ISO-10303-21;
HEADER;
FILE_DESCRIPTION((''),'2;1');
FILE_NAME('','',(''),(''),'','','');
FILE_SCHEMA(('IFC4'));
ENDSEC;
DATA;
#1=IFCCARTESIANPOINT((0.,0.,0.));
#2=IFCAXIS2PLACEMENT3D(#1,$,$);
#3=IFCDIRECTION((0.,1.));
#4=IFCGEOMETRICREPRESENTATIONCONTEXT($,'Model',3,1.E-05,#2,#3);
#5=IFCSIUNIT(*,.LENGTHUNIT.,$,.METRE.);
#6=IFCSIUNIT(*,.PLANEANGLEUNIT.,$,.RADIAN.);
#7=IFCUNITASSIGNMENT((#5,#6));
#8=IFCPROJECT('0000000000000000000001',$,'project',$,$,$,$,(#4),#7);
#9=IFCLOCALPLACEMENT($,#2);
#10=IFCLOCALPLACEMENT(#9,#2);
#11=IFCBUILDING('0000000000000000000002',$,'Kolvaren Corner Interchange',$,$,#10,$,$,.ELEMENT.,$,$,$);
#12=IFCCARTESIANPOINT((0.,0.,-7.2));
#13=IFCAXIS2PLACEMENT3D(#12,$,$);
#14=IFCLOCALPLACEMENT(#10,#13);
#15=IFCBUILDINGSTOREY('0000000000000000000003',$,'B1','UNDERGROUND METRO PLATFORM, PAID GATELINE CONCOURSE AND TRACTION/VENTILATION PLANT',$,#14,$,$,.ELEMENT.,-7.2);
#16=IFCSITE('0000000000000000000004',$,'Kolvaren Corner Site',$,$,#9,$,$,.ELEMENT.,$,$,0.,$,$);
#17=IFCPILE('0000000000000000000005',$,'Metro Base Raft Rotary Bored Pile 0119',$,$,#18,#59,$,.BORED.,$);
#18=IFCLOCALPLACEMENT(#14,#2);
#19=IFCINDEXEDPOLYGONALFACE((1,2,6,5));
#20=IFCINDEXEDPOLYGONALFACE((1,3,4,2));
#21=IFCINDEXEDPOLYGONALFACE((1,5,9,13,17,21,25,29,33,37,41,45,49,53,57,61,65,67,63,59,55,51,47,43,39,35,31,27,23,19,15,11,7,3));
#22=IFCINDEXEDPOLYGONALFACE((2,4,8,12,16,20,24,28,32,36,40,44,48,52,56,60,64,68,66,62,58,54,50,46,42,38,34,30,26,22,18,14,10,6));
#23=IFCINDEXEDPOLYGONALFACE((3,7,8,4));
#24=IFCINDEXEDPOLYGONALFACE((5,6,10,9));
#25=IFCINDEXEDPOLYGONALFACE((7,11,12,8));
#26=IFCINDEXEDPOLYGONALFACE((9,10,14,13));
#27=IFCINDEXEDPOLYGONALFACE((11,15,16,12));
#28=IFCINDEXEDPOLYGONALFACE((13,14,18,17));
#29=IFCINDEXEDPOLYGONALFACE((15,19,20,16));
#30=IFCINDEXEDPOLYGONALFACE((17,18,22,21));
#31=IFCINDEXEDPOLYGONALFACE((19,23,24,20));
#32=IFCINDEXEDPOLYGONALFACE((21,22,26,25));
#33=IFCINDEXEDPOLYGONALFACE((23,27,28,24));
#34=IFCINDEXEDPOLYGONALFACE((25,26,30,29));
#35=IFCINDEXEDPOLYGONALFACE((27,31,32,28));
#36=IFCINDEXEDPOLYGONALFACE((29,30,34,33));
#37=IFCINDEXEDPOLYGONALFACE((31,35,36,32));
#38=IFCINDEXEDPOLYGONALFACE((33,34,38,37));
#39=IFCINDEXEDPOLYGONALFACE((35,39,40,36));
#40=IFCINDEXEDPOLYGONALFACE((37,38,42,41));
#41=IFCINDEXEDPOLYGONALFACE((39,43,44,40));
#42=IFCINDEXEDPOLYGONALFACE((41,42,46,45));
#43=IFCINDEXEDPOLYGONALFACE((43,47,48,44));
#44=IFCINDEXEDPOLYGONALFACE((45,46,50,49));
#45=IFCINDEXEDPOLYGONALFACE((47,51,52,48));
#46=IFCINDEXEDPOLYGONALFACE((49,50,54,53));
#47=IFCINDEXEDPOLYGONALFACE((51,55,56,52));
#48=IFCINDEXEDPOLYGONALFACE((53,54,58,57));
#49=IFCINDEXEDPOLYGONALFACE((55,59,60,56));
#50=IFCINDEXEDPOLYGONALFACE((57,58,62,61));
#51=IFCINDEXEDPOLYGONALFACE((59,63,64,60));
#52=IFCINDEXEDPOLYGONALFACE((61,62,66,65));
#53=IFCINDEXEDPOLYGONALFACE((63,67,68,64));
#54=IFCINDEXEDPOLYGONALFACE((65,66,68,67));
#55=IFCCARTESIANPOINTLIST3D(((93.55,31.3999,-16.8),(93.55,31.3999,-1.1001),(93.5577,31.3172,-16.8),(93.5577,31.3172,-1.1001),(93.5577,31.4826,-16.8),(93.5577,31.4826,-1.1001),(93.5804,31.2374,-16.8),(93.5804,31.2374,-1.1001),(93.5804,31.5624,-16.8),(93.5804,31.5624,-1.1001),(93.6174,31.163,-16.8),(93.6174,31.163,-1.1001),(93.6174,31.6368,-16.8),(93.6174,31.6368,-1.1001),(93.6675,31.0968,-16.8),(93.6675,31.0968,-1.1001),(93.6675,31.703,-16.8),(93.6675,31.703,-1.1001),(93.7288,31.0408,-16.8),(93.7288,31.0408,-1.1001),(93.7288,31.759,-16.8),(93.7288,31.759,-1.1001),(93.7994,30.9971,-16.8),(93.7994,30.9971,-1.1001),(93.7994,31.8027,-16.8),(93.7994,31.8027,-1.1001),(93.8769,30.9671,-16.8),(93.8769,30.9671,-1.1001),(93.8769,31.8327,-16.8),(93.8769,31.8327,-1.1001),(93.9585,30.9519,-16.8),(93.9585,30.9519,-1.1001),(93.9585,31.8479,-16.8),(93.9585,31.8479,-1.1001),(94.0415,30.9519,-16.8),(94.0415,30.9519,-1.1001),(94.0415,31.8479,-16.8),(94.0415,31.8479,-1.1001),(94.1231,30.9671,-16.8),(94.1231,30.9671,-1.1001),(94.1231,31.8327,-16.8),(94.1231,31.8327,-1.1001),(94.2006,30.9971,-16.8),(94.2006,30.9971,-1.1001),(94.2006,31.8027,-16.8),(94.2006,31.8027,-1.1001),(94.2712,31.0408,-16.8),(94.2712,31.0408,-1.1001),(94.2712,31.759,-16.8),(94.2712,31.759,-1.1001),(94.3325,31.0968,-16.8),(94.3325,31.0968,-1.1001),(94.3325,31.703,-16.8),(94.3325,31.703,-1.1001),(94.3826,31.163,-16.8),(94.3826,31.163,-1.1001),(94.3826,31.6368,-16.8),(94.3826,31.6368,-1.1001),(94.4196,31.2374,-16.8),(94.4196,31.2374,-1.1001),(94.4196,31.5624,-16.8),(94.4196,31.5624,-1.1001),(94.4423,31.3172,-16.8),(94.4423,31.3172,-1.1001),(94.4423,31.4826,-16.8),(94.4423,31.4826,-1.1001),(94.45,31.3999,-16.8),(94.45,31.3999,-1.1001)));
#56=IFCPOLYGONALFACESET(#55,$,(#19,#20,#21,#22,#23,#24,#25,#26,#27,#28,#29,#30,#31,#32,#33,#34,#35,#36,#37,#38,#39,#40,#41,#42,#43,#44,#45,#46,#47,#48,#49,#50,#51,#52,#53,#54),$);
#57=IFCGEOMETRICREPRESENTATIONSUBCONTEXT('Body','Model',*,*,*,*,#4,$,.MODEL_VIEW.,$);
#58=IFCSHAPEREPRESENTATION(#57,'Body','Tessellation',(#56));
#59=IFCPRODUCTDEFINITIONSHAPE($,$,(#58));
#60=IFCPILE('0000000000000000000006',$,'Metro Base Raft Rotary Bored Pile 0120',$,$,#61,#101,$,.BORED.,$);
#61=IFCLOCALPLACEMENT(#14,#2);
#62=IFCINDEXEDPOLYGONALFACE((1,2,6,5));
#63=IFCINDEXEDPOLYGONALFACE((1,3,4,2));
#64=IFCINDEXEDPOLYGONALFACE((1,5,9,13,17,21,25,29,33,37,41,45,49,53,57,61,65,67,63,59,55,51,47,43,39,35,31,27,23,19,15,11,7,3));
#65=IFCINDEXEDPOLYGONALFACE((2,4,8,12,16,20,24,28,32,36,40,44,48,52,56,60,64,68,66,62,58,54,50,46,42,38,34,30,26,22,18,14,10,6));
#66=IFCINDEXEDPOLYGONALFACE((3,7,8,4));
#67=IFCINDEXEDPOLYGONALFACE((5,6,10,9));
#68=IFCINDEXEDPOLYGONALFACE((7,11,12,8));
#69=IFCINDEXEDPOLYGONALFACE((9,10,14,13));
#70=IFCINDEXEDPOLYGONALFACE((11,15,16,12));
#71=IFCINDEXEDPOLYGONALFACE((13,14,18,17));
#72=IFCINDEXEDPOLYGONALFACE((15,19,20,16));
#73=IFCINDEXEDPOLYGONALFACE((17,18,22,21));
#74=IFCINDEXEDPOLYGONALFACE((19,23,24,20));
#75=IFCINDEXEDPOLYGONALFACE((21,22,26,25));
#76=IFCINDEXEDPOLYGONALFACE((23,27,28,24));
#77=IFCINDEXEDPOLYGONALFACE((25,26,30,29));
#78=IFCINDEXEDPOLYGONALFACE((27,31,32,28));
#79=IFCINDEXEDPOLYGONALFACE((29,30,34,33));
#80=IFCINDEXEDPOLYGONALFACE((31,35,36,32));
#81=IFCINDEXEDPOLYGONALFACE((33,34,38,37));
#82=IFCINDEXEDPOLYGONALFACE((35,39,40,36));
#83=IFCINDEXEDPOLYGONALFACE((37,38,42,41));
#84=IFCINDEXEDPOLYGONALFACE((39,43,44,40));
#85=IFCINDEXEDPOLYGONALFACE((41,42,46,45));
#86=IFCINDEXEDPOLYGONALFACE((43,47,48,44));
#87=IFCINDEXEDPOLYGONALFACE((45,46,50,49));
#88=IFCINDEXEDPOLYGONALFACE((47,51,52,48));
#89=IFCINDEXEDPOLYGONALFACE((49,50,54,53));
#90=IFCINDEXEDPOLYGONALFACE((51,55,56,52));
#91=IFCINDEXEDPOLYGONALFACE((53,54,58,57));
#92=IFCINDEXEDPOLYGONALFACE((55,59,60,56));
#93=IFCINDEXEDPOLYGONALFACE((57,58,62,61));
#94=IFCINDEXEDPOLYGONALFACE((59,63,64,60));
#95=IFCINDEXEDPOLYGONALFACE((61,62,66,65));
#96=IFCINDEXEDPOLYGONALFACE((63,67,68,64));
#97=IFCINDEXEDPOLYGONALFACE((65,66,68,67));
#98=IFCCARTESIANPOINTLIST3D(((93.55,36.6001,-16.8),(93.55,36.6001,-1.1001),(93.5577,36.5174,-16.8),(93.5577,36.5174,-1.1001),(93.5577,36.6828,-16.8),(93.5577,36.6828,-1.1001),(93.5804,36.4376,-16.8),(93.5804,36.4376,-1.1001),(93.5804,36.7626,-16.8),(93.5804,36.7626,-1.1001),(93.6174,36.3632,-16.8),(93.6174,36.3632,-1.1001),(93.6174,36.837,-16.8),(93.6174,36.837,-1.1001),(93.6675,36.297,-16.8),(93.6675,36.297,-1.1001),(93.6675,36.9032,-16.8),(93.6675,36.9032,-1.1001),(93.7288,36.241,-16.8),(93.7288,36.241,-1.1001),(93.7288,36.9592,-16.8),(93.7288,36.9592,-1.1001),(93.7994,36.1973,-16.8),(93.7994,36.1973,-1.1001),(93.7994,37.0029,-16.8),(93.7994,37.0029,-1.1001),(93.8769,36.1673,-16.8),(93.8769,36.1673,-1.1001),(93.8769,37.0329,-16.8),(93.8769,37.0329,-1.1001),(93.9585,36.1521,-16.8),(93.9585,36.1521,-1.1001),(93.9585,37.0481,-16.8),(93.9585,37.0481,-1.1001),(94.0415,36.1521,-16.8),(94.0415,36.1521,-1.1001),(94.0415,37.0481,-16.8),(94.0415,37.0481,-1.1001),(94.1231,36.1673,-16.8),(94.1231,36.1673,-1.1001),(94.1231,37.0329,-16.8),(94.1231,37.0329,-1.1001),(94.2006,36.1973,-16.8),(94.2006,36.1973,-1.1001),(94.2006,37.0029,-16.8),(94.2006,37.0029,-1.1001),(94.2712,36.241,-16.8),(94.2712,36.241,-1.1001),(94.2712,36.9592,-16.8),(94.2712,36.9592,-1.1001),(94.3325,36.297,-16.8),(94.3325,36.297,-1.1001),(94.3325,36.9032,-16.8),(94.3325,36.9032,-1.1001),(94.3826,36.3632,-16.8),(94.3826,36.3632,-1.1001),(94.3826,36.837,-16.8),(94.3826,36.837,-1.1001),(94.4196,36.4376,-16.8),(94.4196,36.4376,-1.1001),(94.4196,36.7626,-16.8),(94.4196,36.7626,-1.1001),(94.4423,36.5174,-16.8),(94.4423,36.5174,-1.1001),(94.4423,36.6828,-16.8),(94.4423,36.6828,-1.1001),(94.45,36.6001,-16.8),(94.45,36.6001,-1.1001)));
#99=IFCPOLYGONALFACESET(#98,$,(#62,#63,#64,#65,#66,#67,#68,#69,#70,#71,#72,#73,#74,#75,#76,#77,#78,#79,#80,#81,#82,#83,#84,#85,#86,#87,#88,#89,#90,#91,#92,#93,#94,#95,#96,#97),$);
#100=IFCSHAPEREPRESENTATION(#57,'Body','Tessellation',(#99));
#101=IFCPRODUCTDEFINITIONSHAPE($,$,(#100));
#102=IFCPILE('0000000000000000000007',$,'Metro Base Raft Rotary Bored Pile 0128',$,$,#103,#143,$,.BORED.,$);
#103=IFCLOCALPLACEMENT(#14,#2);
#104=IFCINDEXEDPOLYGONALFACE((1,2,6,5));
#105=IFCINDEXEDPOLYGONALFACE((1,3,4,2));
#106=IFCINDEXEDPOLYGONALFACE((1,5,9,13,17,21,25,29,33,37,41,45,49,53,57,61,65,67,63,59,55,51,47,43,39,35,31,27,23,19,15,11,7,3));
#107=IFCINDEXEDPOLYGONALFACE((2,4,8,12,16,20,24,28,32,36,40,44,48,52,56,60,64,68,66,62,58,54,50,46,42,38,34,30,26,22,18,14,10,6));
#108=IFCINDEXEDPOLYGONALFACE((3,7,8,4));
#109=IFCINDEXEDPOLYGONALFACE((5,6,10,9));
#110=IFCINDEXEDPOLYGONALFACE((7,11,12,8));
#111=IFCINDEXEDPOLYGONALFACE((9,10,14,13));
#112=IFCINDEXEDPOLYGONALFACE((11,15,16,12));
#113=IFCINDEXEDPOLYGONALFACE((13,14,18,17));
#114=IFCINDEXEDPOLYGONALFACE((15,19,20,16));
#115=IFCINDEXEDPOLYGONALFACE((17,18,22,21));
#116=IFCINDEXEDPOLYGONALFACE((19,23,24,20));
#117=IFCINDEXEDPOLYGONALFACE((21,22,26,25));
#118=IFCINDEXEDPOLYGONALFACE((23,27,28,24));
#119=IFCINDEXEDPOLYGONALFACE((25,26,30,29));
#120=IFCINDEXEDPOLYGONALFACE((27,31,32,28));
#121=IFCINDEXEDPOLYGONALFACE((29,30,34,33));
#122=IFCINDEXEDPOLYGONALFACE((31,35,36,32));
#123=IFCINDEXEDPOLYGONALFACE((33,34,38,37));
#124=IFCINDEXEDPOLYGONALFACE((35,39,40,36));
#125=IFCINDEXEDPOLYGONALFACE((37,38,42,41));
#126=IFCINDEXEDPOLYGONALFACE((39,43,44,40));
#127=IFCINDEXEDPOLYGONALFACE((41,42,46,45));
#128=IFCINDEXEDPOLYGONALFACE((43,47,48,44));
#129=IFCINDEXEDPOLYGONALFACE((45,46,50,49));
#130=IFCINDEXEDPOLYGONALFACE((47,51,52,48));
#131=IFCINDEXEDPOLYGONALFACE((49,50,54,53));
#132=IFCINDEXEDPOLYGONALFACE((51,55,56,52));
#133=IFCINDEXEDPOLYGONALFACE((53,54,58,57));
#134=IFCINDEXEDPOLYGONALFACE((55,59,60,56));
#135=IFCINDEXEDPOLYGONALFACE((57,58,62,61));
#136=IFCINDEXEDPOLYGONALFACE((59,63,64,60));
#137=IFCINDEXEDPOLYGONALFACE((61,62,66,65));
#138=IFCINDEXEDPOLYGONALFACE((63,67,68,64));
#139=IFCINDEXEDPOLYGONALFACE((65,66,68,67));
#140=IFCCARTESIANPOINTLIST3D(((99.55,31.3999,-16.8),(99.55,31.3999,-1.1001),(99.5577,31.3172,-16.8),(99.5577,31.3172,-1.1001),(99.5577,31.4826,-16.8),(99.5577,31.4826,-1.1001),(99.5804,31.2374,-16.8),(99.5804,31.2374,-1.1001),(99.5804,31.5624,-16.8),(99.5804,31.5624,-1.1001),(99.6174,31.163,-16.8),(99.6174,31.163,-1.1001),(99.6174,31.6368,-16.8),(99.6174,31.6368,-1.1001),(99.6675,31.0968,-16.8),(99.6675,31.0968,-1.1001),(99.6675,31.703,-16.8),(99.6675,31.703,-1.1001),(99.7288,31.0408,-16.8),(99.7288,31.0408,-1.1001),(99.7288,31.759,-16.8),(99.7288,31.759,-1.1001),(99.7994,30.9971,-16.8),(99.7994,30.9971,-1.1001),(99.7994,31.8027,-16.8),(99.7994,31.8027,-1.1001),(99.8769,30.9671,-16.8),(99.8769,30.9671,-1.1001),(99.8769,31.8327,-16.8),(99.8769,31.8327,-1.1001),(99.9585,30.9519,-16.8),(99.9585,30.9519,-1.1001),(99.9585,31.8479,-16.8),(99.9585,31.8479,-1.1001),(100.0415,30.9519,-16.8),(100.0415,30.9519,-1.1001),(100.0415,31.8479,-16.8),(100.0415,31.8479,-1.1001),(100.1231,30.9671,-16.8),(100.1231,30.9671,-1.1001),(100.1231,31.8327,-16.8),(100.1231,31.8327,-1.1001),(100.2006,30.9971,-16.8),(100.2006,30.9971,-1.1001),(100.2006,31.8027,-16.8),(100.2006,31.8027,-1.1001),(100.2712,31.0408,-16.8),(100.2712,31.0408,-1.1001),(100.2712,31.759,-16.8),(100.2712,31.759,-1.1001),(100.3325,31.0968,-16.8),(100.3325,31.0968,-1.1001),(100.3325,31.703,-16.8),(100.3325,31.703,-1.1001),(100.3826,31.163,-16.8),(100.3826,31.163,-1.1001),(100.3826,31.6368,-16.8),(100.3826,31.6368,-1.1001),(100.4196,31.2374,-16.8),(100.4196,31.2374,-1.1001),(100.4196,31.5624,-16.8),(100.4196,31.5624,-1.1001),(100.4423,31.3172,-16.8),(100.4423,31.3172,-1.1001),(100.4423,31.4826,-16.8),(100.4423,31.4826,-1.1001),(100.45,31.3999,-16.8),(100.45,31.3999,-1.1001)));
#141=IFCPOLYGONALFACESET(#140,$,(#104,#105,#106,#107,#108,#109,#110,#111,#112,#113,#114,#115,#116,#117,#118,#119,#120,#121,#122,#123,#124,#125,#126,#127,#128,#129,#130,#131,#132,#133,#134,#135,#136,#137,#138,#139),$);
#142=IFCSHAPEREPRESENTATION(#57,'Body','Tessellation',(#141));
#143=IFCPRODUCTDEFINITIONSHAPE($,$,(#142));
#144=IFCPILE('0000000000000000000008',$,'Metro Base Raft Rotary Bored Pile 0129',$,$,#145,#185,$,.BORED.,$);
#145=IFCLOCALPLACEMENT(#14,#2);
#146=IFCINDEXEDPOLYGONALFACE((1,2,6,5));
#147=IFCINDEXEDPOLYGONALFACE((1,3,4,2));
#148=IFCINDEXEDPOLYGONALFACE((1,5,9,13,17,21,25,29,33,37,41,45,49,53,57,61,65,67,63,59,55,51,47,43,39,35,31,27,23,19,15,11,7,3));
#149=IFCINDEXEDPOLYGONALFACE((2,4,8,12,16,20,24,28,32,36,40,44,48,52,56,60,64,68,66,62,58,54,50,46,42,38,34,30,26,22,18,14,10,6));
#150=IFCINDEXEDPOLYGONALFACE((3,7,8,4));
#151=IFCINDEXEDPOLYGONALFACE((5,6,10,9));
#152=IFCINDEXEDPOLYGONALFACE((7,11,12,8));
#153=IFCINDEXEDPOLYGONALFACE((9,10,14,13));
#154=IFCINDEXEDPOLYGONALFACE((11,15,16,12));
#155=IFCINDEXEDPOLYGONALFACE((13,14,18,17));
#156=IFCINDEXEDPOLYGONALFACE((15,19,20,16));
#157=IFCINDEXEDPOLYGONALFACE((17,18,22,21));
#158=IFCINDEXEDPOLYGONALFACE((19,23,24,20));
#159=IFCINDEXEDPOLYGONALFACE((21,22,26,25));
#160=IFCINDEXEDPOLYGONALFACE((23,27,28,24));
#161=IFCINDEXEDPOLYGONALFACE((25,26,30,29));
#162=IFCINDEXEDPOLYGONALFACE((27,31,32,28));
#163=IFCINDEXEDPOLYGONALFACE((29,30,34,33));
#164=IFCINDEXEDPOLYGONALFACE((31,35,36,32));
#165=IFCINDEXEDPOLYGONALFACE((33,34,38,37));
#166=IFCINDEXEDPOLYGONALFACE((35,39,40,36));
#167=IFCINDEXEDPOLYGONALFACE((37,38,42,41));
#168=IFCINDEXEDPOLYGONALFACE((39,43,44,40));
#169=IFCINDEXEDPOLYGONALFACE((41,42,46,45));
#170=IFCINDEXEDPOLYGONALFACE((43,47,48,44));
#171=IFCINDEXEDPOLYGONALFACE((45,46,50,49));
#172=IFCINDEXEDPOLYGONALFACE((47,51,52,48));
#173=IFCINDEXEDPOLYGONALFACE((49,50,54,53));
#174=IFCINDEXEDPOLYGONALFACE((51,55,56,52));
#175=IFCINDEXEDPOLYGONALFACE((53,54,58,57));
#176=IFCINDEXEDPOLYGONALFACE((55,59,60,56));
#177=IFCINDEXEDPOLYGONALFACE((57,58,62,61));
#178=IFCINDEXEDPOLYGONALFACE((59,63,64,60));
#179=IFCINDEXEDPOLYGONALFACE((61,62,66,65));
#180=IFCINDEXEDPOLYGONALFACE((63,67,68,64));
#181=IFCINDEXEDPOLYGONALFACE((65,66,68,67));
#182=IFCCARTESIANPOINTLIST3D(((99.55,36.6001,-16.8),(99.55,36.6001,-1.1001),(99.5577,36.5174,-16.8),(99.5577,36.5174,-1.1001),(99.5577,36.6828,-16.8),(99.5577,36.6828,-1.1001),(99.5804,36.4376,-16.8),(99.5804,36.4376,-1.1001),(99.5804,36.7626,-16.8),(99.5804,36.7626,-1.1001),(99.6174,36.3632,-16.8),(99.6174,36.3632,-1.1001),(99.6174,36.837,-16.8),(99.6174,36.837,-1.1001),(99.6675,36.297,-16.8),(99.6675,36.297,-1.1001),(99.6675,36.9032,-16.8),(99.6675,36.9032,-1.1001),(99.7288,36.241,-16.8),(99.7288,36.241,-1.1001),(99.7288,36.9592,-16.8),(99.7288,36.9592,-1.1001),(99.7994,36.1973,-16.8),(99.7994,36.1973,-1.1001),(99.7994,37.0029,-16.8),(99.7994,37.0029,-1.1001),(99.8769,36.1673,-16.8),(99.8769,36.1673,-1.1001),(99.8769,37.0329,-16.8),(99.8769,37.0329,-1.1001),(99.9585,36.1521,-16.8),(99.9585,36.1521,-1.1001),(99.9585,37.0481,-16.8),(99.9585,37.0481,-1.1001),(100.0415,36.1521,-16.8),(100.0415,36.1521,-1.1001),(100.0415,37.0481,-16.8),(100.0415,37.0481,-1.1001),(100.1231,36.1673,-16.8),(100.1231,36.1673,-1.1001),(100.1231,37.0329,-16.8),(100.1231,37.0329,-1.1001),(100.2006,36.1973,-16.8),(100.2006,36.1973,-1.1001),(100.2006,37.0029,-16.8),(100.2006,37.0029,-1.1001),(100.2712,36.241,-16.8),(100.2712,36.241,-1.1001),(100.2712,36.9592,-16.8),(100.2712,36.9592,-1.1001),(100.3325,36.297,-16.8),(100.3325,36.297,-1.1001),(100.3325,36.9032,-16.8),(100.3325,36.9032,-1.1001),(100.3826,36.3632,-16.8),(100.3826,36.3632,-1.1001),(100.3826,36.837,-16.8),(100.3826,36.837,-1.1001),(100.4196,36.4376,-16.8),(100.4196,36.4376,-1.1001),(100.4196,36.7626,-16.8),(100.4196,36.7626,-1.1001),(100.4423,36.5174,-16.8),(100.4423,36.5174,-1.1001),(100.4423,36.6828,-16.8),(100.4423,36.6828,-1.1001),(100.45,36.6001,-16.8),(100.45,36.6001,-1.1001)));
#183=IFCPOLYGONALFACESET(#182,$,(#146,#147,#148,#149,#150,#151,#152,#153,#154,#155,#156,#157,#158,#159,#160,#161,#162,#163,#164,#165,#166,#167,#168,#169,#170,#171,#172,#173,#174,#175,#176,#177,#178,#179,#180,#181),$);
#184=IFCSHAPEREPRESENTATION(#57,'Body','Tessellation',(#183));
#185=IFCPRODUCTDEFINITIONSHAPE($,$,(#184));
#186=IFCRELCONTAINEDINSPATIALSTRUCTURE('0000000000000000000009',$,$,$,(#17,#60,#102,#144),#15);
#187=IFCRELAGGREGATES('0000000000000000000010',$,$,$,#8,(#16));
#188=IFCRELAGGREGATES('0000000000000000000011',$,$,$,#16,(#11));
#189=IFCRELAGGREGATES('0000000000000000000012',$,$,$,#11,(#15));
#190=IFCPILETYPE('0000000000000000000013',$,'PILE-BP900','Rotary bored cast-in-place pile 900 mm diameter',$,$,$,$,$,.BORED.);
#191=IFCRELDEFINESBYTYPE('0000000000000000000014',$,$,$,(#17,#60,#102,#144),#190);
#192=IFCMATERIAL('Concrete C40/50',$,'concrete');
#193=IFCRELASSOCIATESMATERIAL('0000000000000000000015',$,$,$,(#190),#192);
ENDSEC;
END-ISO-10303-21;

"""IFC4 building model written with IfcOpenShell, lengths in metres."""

from ifc_helpers import new_model, si_unit, direction, frame, origin, origin_2d, place, context, subcontext, project, spatial, circle, extrude, material, material_profile, profile_set, type_object, element, save


model = new_model("IFC4")

# Units and contexts
model_context = context("Model", 3, precision=1e-05, world=origin(), true_north=direction((0.0, 1.0)))
body_context = subcontext(model_context, "Body", "Model", "MODEL_VIEW")
ifc_project = project(units=[si_unit("LENGTHUNIT", "METRE"), si_unit("PLANEANGLEUNIT", "RADIAN")], contexts=[model_context])

# Site, building, storey
site_placement = place(None, origin())
site = spatial("IfcSite", under=ifc_project, at=site_placement, Name="Kolvaren Corner Site", CompositionType="ELEMENT", RefElevation=0.0)
building_placement = place(site_placement, origin())
building = spatial("IfcBuilding", under=site, at=building_placement, Name="Kolvaren Corner Interchange", CompositionType="ELEMENT")
storey_placement = place(building_placement, frame((0.0, 0.0, -7.2)))
storey = spatial("IfcBuildingStorey", under=building, at=storey_placement, Name="B1", Description="UNDERGROUND METRO PLATFORM, PAID GATELINE CONCOURSE AND TRACTION/VENTILATION PLANT", CompositionType="ELEMENT", Elevation=-7.2)

# Piles
ifc_material_1 = material(Name="Concrete C40/50", Category="concrete")
ifc_material_profile_1 = material_profile(ifc_material_1, circle(Radius=0.45, at=origin_2d()), Name="BORED PILE 900")
ifc_profile_set_1 = profile_set([ifc_material_profile_1], Name="Concrete C40/50")
pile_type = type_object("IfcPileType", Name="PILE-BP900", Description="Rotary bored cast-in-place pile 900 mm diameter", PredefinedType="BORED", material=ifc_profile_set_1)
for number, where, z_axis, x_axis, name in (
    (1, (94.0, 31.3999, -1.1001), (0.0, 0.0, -1.0), (1.0, 0.0, 0.0), "Metro Base Raft Rotary Bored Pile 0119"),
    (2, (94.0, 36.6001, -1.1001), (0.0, 0.0, -1.0), (1.0, 0.0, 0.0), "Metro Base Raft Rotary Bored Pile 0120"),
    (3, (100.0, 31.3999, -1.1001), (0.0, 0.0, -1.0), (1.0, 0.0, 0.0), "Metro Base Raft Rotary Bored Pile 0128"),
    (4, (100.0, 36.6001, -1.1001), (0.0, 0.0, -1.0), (1.0, 0.0, 0.0), "Metro Base Raft Rotary Bored Pile 0129"),
):
    element("IfcPile", number, at=place(storey_placement, frame(where, z_axis=z_axis, x_axis=x_axis)), inside=storey, type_object=pile_type, Name=name, PredefinedType="BORED", context=body_context, shape_type="SweptSolid", body=[
        extrude(circle(Radius=0.45, at=origin_2d()), origin(), (0.0, 0.0, 1.0), 15.7),
    ])

save(model, "model.ifc")
